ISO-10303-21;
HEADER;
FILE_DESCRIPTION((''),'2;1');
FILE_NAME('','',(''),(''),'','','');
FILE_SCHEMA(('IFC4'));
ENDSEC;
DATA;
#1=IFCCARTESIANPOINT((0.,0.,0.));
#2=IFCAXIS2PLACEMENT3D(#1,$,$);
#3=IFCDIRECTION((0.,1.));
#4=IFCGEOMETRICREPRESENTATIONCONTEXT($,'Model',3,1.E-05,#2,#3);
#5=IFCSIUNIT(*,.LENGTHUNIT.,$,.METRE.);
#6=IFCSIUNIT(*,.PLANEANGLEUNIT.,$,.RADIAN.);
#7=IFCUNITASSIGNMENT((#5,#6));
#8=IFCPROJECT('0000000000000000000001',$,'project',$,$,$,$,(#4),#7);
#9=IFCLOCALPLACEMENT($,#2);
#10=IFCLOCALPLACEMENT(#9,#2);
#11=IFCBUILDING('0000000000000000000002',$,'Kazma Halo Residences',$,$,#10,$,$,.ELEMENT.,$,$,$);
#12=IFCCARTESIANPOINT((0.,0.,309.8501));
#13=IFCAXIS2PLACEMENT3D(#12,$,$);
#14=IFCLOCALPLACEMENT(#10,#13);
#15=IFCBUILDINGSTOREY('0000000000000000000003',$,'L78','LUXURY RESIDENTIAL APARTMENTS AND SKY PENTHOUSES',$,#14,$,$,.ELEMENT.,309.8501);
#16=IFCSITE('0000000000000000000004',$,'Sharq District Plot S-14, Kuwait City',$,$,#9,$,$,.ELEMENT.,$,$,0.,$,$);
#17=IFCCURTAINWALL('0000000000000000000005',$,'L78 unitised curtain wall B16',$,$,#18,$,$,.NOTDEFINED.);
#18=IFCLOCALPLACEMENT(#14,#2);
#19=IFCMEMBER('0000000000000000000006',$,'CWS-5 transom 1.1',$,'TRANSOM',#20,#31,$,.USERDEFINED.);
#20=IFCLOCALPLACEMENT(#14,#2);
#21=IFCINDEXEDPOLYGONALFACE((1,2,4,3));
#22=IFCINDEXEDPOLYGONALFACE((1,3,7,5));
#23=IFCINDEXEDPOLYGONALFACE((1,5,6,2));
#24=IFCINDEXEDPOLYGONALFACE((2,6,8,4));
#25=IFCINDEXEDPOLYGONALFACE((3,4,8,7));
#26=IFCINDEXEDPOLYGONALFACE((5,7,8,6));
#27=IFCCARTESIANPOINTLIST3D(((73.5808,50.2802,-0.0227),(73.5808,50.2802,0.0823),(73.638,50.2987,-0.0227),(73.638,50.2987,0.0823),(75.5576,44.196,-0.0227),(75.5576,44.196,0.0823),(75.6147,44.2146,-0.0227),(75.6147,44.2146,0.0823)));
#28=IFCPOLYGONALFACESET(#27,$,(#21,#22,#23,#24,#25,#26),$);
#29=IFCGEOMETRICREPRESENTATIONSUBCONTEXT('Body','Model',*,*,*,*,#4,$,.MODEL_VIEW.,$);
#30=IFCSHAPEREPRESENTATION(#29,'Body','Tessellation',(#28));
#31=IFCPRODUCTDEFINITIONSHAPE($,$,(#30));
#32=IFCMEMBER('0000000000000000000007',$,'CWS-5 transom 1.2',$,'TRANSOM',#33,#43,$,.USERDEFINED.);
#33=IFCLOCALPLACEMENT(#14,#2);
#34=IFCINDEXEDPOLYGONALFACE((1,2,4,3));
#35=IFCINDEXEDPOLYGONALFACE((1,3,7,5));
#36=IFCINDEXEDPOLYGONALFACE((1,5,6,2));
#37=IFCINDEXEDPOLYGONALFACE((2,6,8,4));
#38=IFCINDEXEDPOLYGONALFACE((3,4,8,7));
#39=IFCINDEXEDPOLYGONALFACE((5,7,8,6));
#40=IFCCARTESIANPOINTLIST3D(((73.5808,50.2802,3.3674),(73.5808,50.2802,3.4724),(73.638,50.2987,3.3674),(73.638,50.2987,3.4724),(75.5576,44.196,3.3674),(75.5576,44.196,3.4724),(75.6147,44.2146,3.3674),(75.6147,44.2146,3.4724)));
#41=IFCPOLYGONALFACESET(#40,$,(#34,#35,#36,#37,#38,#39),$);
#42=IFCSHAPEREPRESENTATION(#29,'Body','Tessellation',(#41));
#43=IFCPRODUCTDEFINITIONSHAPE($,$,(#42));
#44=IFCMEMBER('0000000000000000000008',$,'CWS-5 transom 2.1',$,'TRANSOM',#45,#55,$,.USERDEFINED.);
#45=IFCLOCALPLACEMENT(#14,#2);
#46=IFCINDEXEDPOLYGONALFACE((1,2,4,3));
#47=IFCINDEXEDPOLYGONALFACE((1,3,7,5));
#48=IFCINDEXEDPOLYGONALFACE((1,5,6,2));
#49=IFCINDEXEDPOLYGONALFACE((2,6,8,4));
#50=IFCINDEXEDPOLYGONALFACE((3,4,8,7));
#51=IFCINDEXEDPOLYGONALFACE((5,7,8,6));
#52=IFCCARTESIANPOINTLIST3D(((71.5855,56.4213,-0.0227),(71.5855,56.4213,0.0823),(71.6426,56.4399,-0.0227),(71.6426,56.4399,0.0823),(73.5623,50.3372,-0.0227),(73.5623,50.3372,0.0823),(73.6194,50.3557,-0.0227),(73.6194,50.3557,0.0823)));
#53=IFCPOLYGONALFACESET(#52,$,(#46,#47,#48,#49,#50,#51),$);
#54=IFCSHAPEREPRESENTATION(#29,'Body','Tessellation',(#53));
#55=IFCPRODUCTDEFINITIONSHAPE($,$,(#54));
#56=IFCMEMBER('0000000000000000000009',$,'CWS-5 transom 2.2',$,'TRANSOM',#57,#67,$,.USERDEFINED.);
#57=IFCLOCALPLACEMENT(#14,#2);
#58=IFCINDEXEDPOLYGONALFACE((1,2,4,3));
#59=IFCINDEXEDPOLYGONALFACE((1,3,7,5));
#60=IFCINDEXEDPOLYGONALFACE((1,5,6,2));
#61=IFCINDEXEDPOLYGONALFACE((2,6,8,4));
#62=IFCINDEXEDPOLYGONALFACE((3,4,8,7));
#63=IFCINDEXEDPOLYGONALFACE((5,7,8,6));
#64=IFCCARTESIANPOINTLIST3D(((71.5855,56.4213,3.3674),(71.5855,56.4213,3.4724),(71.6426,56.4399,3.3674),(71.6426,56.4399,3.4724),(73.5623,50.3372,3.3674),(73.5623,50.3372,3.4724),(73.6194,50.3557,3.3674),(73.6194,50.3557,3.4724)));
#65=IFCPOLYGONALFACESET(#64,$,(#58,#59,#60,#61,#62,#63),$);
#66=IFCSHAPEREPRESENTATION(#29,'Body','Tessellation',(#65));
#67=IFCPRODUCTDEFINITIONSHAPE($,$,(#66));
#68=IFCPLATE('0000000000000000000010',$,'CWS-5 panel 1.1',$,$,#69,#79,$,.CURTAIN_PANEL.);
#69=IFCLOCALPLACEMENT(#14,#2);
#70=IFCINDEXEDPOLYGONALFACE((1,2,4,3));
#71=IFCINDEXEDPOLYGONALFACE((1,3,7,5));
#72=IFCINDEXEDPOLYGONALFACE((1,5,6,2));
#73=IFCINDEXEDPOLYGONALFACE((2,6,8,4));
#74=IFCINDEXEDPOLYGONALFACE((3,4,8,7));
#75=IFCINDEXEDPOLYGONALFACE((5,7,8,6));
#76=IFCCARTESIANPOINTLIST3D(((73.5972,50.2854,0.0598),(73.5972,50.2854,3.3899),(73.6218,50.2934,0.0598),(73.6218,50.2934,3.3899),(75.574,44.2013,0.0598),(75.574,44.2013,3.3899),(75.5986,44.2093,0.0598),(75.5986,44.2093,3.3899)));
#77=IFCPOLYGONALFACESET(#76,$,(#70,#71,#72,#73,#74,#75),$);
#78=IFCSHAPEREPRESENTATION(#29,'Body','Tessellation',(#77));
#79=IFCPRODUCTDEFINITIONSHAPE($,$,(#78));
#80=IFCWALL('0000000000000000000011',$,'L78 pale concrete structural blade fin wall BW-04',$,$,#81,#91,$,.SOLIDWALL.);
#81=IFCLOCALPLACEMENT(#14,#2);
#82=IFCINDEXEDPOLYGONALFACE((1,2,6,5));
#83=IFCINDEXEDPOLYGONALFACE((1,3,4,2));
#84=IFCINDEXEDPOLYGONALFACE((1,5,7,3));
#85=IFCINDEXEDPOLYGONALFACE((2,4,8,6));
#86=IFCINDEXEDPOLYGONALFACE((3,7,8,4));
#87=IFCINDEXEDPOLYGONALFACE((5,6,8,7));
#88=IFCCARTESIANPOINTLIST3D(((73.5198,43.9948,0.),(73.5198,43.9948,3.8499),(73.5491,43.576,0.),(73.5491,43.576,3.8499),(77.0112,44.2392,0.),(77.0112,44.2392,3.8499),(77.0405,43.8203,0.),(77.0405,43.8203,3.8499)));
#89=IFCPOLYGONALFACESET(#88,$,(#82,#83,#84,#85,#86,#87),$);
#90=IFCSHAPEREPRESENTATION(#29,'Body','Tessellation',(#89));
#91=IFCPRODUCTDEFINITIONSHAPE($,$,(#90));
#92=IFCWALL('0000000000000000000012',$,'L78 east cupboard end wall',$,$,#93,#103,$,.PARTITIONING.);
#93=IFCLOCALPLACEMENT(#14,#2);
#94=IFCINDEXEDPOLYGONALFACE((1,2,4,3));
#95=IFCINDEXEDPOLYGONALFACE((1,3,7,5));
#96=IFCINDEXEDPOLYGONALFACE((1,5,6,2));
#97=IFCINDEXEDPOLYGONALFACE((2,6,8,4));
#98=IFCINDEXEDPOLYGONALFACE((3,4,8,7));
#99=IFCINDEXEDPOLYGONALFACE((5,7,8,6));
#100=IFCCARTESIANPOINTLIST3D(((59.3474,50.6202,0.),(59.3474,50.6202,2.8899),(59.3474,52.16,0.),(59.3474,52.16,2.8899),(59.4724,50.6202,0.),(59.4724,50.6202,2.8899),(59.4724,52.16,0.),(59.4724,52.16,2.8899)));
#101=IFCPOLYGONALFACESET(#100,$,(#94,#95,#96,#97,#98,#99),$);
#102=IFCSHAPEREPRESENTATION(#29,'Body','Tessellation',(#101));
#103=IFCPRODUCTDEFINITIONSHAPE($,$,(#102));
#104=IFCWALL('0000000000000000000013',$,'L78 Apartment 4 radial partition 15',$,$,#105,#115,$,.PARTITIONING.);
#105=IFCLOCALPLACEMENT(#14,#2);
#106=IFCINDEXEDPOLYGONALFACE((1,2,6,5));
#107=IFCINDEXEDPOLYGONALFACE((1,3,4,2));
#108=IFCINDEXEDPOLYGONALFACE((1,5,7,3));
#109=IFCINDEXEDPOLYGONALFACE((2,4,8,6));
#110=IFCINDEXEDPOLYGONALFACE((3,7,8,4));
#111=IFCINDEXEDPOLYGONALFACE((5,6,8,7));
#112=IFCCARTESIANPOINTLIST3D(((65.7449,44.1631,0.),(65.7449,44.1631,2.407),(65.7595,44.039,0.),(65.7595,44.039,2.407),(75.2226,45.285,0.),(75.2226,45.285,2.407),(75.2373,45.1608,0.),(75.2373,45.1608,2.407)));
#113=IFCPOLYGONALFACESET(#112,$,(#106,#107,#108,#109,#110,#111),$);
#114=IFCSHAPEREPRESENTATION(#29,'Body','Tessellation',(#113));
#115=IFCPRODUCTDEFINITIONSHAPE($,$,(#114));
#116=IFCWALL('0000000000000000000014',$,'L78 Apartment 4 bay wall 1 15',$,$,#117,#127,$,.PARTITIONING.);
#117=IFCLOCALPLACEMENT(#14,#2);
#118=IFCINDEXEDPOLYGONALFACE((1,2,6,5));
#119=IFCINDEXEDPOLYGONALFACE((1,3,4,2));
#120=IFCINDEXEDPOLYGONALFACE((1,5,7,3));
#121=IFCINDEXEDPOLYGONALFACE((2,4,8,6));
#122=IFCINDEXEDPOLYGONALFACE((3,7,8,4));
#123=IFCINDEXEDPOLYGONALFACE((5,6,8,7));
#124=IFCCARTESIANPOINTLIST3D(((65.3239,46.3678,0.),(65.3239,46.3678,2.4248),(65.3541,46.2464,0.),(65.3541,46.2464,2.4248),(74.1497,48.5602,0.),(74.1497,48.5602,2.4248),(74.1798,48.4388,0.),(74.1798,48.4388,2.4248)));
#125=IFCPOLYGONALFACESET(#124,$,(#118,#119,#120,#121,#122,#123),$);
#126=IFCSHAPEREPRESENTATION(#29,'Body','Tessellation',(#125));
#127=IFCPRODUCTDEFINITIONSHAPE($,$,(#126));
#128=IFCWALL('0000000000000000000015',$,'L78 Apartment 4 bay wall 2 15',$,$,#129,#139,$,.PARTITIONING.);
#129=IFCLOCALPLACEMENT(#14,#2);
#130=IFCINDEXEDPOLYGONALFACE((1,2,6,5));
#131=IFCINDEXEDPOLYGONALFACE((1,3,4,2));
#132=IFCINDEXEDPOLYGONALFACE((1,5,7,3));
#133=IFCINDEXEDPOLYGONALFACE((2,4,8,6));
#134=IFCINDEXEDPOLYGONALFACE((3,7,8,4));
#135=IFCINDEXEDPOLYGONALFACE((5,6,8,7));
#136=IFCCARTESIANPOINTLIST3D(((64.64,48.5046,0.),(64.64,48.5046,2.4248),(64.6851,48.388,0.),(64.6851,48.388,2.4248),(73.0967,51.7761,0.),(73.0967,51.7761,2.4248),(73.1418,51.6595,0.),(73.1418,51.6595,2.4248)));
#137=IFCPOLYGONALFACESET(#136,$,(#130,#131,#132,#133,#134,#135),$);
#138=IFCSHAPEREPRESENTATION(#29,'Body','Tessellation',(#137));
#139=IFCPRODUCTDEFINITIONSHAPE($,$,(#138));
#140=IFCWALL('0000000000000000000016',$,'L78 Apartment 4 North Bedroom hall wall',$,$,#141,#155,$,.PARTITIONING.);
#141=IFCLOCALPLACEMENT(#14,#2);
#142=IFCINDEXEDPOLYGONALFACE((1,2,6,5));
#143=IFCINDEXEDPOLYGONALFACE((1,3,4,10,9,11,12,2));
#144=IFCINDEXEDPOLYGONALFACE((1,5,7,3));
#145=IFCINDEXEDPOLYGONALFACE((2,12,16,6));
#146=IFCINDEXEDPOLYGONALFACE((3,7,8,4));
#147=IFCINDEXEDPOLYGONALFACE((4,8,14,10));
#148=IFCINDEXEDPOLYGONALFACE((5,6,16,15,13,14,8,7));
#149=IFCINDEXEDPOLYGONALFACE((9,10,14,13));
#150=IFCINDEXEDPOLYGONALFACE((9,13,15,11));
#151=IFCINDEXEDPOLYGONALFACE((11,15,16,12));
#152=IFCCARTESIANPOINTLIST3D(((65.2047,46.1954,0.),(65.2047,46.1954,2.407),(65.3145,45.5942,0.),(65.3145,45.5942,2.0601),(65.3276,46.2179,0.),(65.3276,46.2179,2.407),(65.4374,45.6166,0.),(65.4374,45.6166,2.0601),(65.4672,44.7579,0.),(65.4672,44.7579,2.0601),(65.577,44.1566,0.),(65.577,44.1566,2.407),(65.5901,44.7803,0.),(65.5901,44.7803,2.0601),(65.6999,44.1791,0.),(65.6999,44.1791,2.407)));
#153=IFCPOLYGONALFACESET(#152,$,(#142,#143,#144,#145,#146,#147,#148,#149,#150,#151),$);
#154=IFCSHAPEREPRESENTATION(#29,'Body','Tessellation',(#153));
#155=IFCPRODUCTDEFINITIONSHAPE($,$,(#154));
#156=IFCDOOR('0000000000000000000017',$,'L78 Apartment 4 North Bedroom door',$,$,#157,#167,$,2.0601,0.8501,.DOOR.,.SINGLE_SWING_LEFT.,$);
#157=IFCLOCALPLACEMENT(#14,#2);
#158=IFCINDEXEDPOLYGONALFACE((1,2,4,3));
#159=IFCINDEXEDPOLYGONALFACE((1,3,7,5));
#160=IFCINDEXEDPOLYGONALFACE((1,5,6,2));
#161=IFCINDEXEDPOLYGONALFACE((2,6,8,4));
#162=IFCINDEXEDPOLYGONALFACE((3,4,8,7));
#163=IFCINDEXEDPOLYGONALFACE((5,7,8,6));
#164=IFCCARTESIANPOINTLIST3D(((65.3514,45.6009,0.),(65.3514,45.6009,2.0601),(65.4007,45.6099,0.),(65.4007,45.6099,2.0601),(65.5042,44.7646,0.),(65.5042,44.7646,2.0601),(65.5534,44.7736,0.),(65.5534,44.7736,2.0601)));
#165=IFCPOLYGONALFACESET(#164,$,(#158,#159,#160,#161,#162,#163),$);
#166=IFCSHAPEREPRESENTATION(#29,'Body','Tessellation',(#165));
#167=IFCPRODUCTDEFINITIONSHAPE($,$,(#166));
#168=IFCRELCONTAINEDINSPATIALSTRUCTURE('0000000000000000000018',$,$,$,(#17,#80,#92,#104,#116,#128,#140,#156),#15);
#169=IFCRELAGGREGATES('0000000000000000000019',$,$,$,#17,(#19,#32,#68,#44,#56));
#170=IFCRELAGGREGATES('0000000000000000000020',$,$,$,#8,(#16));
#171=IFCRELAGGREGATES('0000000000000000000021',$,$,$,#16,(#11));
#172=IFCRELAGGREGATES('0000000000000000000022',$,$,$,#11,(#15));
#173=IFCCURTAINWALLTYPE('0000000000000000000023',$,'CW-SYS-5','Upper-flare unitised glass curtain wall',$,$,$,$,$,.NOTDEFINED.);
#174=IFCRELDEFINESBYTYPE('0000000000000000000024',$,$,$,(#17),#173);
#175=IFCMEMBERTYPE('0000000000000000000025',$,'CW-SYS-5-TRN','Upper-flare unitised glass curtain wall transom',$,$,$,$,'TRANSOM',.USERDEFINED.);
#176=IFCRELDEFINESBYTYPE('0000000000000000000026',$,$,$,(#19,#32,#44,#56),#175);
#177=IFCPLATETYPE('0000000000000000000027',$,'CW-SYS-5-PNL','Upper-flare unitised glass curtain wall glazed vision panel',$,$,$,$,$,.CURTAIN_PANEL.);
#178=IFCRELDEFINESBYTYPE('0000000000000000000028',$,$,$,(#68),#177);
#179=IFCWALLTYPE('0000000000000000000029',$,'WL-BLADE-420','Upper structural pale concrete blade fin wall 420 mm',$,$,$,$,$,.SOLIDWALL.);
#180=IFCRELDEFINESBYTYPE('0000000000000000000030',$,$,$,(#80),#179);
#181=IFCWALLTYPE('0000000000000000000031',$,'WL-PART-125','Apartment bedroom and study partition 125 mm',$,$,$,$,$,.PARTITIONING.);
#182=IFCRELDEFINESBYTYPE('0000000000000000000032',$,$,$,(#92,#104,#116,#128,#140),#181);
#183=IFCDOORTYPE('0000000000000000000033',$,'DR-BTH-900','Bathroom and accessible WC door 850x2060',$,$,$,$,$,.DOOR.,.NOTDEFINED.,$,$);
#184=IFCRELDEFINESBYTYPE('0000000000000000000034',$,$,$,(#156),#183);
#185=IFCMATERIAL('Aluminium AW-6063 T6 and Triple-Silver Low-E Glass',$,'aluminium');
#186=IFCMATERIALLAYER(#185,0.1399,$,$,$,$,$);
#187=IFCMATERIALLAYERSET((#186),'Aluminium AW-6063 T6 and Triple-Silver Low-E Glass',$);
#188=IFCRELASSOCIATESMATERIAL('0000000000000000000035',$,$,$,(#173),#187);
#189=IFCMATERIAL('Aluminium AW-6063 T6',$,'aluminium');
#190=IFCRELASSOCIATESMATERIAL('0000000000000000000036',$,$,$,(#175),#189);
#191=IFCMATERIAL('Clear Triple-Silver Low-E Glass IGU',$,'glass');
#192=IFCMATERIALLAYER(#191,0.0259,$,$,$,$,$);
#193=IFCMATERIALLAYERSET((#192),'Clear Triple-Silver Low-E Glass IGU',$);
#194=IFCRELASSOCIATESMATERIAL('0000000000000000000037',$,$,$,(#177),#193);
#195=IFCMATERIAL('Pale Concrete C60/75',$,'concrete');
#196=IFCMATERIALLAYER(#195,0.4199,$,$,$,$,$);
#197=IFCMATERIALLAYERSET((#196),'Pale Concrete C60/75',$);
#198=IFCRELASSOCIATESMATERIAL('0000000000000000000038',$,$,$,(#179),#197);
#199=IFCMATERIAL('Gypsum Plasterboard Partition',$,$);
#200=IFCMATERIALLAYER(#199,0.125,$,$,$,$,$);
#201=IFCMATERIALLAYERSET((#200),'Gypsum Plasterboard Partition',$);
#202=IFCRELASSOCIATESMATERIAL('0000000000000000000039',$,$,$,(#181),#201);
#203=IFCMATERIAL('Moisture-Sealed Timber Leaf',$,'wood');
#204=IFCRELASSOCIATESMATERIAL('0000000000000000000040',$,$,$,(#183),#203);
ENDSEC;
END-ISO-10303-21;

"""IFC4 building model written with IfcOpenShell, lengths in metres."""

from ifc_helpers import new_model, si_unit, direction, frame, frame_2d, origin, origin_2d, place, context, subcontext, project, spatial, rectangle, extrude, material, layer, layer_set, material_profile, profile_set, type_object, element, fill, aggregate, save


model = new_model("IFC4")

# Units and contexts
model_context = context("Model", 3, precision=1e-05, world=origin(), true_north=direction((0.0, 1.0)))
body_context = subcontext(model_context, "Body", "Model", "MODEL_VIEW")
ifc_project = project(units=[si_unit("LENGTHUNIT", "METRE"), si_unit("PLANEANGLEUNIT", "RADIAN")], contexts=[model_context])

# Site, building, storey
site_placement = place(None, origin())
site = spatial("IfcSite", under=ifc_project, at=site_placement, Name="Sharq District Plot S-14, Kuwait City", CompositionType="ELEMENT", RefElevation=0.0)
building_placement = place(site_placement, origin())
building = spatial("IfcBuilding", under=site, at=building_placement, Name="Kazma Halo Residences", CompositionType="ELEMENT")
storey_placement = place(building_placement, frame((0.0, 0.0, 309.8501)))
storey = spatial("IfcBuildingStorey", under=building, at=storey_placement, Name="L78", Description="LUXURY RESIDENTIAL APARTMENTS AND SKY PENTHOUSES", CompositionType="ELEMENT", Elevation=309.8501)

# Shared definitions
ifc_material_1 = material(Name="Aluminium AW-6063 T6 and Triple-Silver Low-E Glass", Category="aluminium")
ifc_layer_1 = layer(ifc_material_1, 0.1399)
ifc_layer_set_1 = layer_set([ifc_layer_1], Name="Aluminium AW-6063 T6 and Triple-Silver Low-E Glass")
curtain_wall_type = type_object("IfcCurtainWallType", Name="CW-SYS-5", Description="Upper-flare unitised glass curtain wall", PredefinedType="NOTDEFINED", material=ifc_layer_set_1)
ifc_material_2 = material(Name="Aluminium AW-6063 T6", Category="aluminium")

# Curtain wall, members, plate
curtain_wall_1_placement = place(storey_placement, origin())
curtain_wall_1 = element("IfcCurtainWall", 1, at=curtain_wall_1_placement, inside=storey, type_object=curtain_wall_type, Name="L78 unitised curtain wall B16", PredefinedType="NOTDEFINED")
ifc_material_profile_1 = material_profile(ifc_material_2, rectangle(XDim=0.0601, YDim=0.105, at=origin_2d()), Name="CWT-60x105")
ifc_profile_set_1 = profile_set([ifc_material_profile_1], Name="Aluminium AW-6063 T6")
member_type_1 = type_object("IfcMemberType", Name="CW-SYS-5-TRN", Description="Upper-flare unitised glass curtain wall transom", ElementType="TRANSOM", PredefinedType="USERDEFINED", material=ifc_profile_set_1)
member_1_placement = place(storey_placement, frame((75.5862, 44.2053, 0.0298), z_axis=(-0.309006, 0.95106, 0.0), x_axis=(-0.95106, -0.309006, 0.0)))
member_1 = element("IfcMember", 2, at=member_1_placement, type_object=member_type_1, Name="CWS-5 transom 1.1", ObjectType="TRANSOM", PredefinedType="USERDEFINED", context=body_context, shape_type="SweptSolid", body=[
    extrude(rectangle(XDim=0.0601, YDim=0.105, at=origin_2d()), origin(), (0.0, 0.0, 1.0), 6.3972),
])
member_2_placement = place(storey_placement, frame((75.5862, 44.2053, 3.4199), z_axis=(-0.309006, 0.95106, 0.0), x_axis=(-0.95106, -0.309006, 0.0)))
member_2 = element("IfcMember", 3, at=member_2_placement, type_object=member_type_1, Name="CWS-5 transom 1.2", ObjectType="TRANSOM", PredefinedType="USERDEFINED", context=body_context, shape_type="SweptSolid", body=[
    extrude(rectangle(XDim=0.0601, YDim=0.105, at=origin_2d()), origin(), (0.0, 0.0, 1.0), 6.3972),
])
member_3_placement = place(storey_placement, frame((73.5908, 50.3464, 0.0298), z_axis=(-0.309006, 0.95106, 0.0), x_axis=(-0.95106, -0.309006, 0.0)))
member_3 = element("IfcMember", 4, at=member_3_placement, type_object=member_type_1, Name="CWS-5 transom 2.1", ObjectType="TRANSOM", PredefinedType="USERDEFINED", context=body_context, shape_type="SweptSolid", body=[
    extrude(rectangle(XDim=0.0601, YDim=0.105, at=origin_2d()), origin(), (0.0, 0.0, 1.0), 6.3972),
])
member_4_placement = place(storey_placement, frame((73.5908, 50.3464, 3.4199), z_axis=(-0.309006, 0.95106, 0.0), x_axis=(-0.95106, -0.309006, 0.0)))
member_4 = element("IfcMember", 5, at=member_4_placement, type_object=member_type_1, Name="CWS-5 transom 2.2", ObjectType="TRANSOM", PredefinedType="USERDEFINED", context=body_context, shape_type="SweptSolid", body=[
    extrude(rectangle(XDim=0.0601, YDim=0.105, at=origin_2d()), origin(), (0.0, 0.0, 1.0), 6.3972),
])
ifc_material_3 = material(Name="Clear Triple-Silver Low-E Glass IGU", Category="glass")
ifc_layer_2 = layer(ifc_material_3, 0.0259)
ifc_layer_set_2 = layer_set([ifc_layer_2], Name="Clear Triple-Silver Low-E Glass IGU")
plate_type = type_object("IfcPlateType", Name="CW-SYS-5-PNL", Description="Upper-flare unitised glass curtain wall glazed vision panel", PredefinedType="CURTAIN_PANEL", material=ifc_layer_set_2)
plate_placement = place(storey_placement, frame((74.5979, 47.2473, 0.0598), z_axis=(0.0, 0.0, 1.0), x_axis=(-0.309016, 0.951057, 0.0)))
plate = element("IfcPlate", 6, at=plate_placement, type_object=plate_type, Name="CWS-5 panel 1.1", PredefinedType="CURTAIN_PANEL", context=body_context, shape_type="SweptSolid", body=[
    extrude(rectangle(XDim=6.3972, YDim=0.0259, at=origin_2d()), origin(), (0.0, 0.0, 1.0), 3.3301),
])
aggregate(curtain_wall_1, [member_1, member_2, plate, member_3, member_4])

# Walls
ifc_material_4 = material(Name="Pale Concrete C60/75", Category="concrete")
ifc_layer_3 = layer(ifc_material_4, 0.4199)
ifc_layer_set_3 = layer_set([ifc_layer_3], Name="Pale Concrete C60/75")
wall_type_1 = type_object("IfcWallType", Name="WL-BLADE-420", Description="Upper structural pale concrete blade fin wall 420 mm", PredefinedType="SOLIDWALL", material=ifc_layer_set_3)
wall_1_placement = place(storey_placement, frame((73.5344, 43.7854, 0.0), z_axis=(0.0, 0.0, 1.0), x_axis=(0.997559, 0.069824, 0.0)))
element("IfcWall", 7, at=wall_1_placement, inside=storey, type_object=wall_type_1, Name="L78 pale concrete structural blade fin wall BW-04", PredefinedType="SOLIDWALL", context=body_context, shape_type="SweptSolid", body=[
    extrude(rectangle(XDim=3.5, YDim=0.4199, at=frame_2d((1.75, 0.0))), origin(), (0.0, 0.0, 1.0), 3.8499),
])
ifc_material_5 = material(Name="Gypsum Plasterboard Partition")
ifc_layer_4 = layer(ifc_material_5, 0.125)
ifc_layer_set_4 = layer_set([ifc_layer_4], Name="Gypsum Plasterboard Partition")
wall_type_2 = type_object("IfcWallType", Name="WL-PART-125", Description="Apartment bedroom and study partition 125 mm", PredefinedType="PARTITIONING", material=ifc_layer_set_4)
wall_2_placement = place(storey_placement, frame((59.4099, 50.6201, 0.0), z_axis=(0.0, 0.0, 1.0), x_axis=(0.0, 1.0, 0.0)))
element("IfcWall", 8, at=wall_2_placement, inside=storey, type_object=wall_type_2, Name="L78 east cupboard end wall", PredefinedType="PARTITIONING", context=body_context, shape_type="SweptSolid", body=[
    extrude(rectangle(XDim=1.5398, YDim=0.125, at=frame_2d((0.77, 0.0))), origin(), (0.0, 0.0, 1.0), 2.8899),
])
wall_3_placement = place(storey_placement, frame((65.7522, 44.1011, 0.0), z_axis=(0.0, 0.0, 1.0), x_axis=(0.993068, 0.117543, 0.0)))
element("IfcWall", 9, at=wall_3_placement, inside=storey, type_object=wall_type_2, Name="L78 Apartment 4 radial partition 15", PredefinedType="PARTITIONING", context=body_context, shape_type="SweptSolid", body=[
    extrude(rectangle(XDim=9.5439, YDim=0.125, at=frame_2d((4.772, 0.0))), origin(), (0.0, 0.0, 1.0), 2.407),
])
wall_4_placement = place(storey_placement, frame((65.3391, 46.3071, 0.0), z_axis=(0.0, 0.0, 1.0), x_axis=(0.970505, 0.241082, 0.0)))
element("IfcWall", 10, at=wall_4_placement, inside=storey, type_object=wall_type_2, Name="L78 Apartment 4 bay wall 1 15", PredefinedType="PARTITIONING", context=body_context, shape_type="SweptSolid", body=[
    extrude(rectangle(XDim=9.094, YDim=0.125, at=frame_2d((4.5469, 0.0))), origin(), (0.0, 0.0, 1.0), 2.4248),
])
wall_5_placement = place(storey_placement, frame((64.6626, 48.4463, 0.0), z_axis=(0.0, 0.0, 1.0), x_axis=(0.932643, 0.360801, 0.0)))
element("IfcWall", 11, at=wall_5_placement, inside=storey, type_object=wall_type_2, Name="L78 Apartment 4 bay wall 2 15", PredefinedType="PARTITIONING", context=body_context, shape_type="SweptSolid", body=[
    extrude(rectangle(XDim=9.0674, YDim=0.125, at=frame_2d((4.5337, 0.0))), origin(), (0.0, 0.0, 1.0), 2.4248),
])

# Wall, opening, door
wall_6_placement = place(storey_placement, frame((65.6384, 44.168, 0.0), z_axis=(0.0, 0.0, 1.0), x_axis=(-0.179642, 0.983732, 0.0)))
wall_6 = element("IfcWall", 12, at=wall_6_placement, inside=storey, type_object=wall_type_2, Name="L78 Apartment 4 North Bedroom hall wall", PredefinedType="PARTITIONING", context=body_context, shape_type="SweptSolid", body=[
    extrude(rectangle(XDim=2.0725, YDim=0.125, at=frame_2d((1.0361, 0.0))), origin(), (0.0, 0.0, 1.0), 2.407),
])
opening_1_placement = place(wall_6_placement, frame((0.6111, 0.0, 0.0)))
opening_1 = element("IfcOpeningElement", 13, at=opening_1_placement, cuts=wall_6, PredefinedType="OPENING", context=body_context, shape_type="SweptSolid", body=[
    extrude(rectangle(XDim=0.8501, YDim=2.0601, at=frame_2d((0.425, 1.03))), frame((0.0, 0.0725, 0.0), z_axis=(0.0, -1.0, 0.0), x_axis=(1.0, 0.0, 0.0)), (0.0, 0.0, 1.0), 0.145),
])
ifc_material_6 = material(Name="Moisture-Sealed Timber Leaf", Category="wood")
door_type = type_object("IfcDoorType", Name="DR-BTH-900", Description="Bathroom and accessible WC door 850x2060", OperationType="NOTDEFINED", PredefinedType="DOOR", material=ifc_material_6)
door_1_placement = place(opening_1_placement, origin())
door_1 = element("IfcDoor", 14, at=door_1_placement, inside=storey, type_object=door_type, Name="L78 Apartment 4 North Bedroom door", OperationType="SINGLE_SWING_LEFT", OverallHeight=2.0601, OverallWidth=0.8501, PredefinedType="DOOR", context=body_context, shape_type="SweptSolid", body=[
    extrude(rectangle(XDim=0.8501, YDim=2.0601, at=frame_2d((0.425, 1.03))), frame((0.0, 0.0249, 0.0), z_axis=(0.0, -1.0, 0.0), x_axis=(1.0, 0.0, 0.0)), (0.0, 0.0, 1.0), 0.05),
])
fill(opening_1, door_1)

save(model, "model.ifc")
